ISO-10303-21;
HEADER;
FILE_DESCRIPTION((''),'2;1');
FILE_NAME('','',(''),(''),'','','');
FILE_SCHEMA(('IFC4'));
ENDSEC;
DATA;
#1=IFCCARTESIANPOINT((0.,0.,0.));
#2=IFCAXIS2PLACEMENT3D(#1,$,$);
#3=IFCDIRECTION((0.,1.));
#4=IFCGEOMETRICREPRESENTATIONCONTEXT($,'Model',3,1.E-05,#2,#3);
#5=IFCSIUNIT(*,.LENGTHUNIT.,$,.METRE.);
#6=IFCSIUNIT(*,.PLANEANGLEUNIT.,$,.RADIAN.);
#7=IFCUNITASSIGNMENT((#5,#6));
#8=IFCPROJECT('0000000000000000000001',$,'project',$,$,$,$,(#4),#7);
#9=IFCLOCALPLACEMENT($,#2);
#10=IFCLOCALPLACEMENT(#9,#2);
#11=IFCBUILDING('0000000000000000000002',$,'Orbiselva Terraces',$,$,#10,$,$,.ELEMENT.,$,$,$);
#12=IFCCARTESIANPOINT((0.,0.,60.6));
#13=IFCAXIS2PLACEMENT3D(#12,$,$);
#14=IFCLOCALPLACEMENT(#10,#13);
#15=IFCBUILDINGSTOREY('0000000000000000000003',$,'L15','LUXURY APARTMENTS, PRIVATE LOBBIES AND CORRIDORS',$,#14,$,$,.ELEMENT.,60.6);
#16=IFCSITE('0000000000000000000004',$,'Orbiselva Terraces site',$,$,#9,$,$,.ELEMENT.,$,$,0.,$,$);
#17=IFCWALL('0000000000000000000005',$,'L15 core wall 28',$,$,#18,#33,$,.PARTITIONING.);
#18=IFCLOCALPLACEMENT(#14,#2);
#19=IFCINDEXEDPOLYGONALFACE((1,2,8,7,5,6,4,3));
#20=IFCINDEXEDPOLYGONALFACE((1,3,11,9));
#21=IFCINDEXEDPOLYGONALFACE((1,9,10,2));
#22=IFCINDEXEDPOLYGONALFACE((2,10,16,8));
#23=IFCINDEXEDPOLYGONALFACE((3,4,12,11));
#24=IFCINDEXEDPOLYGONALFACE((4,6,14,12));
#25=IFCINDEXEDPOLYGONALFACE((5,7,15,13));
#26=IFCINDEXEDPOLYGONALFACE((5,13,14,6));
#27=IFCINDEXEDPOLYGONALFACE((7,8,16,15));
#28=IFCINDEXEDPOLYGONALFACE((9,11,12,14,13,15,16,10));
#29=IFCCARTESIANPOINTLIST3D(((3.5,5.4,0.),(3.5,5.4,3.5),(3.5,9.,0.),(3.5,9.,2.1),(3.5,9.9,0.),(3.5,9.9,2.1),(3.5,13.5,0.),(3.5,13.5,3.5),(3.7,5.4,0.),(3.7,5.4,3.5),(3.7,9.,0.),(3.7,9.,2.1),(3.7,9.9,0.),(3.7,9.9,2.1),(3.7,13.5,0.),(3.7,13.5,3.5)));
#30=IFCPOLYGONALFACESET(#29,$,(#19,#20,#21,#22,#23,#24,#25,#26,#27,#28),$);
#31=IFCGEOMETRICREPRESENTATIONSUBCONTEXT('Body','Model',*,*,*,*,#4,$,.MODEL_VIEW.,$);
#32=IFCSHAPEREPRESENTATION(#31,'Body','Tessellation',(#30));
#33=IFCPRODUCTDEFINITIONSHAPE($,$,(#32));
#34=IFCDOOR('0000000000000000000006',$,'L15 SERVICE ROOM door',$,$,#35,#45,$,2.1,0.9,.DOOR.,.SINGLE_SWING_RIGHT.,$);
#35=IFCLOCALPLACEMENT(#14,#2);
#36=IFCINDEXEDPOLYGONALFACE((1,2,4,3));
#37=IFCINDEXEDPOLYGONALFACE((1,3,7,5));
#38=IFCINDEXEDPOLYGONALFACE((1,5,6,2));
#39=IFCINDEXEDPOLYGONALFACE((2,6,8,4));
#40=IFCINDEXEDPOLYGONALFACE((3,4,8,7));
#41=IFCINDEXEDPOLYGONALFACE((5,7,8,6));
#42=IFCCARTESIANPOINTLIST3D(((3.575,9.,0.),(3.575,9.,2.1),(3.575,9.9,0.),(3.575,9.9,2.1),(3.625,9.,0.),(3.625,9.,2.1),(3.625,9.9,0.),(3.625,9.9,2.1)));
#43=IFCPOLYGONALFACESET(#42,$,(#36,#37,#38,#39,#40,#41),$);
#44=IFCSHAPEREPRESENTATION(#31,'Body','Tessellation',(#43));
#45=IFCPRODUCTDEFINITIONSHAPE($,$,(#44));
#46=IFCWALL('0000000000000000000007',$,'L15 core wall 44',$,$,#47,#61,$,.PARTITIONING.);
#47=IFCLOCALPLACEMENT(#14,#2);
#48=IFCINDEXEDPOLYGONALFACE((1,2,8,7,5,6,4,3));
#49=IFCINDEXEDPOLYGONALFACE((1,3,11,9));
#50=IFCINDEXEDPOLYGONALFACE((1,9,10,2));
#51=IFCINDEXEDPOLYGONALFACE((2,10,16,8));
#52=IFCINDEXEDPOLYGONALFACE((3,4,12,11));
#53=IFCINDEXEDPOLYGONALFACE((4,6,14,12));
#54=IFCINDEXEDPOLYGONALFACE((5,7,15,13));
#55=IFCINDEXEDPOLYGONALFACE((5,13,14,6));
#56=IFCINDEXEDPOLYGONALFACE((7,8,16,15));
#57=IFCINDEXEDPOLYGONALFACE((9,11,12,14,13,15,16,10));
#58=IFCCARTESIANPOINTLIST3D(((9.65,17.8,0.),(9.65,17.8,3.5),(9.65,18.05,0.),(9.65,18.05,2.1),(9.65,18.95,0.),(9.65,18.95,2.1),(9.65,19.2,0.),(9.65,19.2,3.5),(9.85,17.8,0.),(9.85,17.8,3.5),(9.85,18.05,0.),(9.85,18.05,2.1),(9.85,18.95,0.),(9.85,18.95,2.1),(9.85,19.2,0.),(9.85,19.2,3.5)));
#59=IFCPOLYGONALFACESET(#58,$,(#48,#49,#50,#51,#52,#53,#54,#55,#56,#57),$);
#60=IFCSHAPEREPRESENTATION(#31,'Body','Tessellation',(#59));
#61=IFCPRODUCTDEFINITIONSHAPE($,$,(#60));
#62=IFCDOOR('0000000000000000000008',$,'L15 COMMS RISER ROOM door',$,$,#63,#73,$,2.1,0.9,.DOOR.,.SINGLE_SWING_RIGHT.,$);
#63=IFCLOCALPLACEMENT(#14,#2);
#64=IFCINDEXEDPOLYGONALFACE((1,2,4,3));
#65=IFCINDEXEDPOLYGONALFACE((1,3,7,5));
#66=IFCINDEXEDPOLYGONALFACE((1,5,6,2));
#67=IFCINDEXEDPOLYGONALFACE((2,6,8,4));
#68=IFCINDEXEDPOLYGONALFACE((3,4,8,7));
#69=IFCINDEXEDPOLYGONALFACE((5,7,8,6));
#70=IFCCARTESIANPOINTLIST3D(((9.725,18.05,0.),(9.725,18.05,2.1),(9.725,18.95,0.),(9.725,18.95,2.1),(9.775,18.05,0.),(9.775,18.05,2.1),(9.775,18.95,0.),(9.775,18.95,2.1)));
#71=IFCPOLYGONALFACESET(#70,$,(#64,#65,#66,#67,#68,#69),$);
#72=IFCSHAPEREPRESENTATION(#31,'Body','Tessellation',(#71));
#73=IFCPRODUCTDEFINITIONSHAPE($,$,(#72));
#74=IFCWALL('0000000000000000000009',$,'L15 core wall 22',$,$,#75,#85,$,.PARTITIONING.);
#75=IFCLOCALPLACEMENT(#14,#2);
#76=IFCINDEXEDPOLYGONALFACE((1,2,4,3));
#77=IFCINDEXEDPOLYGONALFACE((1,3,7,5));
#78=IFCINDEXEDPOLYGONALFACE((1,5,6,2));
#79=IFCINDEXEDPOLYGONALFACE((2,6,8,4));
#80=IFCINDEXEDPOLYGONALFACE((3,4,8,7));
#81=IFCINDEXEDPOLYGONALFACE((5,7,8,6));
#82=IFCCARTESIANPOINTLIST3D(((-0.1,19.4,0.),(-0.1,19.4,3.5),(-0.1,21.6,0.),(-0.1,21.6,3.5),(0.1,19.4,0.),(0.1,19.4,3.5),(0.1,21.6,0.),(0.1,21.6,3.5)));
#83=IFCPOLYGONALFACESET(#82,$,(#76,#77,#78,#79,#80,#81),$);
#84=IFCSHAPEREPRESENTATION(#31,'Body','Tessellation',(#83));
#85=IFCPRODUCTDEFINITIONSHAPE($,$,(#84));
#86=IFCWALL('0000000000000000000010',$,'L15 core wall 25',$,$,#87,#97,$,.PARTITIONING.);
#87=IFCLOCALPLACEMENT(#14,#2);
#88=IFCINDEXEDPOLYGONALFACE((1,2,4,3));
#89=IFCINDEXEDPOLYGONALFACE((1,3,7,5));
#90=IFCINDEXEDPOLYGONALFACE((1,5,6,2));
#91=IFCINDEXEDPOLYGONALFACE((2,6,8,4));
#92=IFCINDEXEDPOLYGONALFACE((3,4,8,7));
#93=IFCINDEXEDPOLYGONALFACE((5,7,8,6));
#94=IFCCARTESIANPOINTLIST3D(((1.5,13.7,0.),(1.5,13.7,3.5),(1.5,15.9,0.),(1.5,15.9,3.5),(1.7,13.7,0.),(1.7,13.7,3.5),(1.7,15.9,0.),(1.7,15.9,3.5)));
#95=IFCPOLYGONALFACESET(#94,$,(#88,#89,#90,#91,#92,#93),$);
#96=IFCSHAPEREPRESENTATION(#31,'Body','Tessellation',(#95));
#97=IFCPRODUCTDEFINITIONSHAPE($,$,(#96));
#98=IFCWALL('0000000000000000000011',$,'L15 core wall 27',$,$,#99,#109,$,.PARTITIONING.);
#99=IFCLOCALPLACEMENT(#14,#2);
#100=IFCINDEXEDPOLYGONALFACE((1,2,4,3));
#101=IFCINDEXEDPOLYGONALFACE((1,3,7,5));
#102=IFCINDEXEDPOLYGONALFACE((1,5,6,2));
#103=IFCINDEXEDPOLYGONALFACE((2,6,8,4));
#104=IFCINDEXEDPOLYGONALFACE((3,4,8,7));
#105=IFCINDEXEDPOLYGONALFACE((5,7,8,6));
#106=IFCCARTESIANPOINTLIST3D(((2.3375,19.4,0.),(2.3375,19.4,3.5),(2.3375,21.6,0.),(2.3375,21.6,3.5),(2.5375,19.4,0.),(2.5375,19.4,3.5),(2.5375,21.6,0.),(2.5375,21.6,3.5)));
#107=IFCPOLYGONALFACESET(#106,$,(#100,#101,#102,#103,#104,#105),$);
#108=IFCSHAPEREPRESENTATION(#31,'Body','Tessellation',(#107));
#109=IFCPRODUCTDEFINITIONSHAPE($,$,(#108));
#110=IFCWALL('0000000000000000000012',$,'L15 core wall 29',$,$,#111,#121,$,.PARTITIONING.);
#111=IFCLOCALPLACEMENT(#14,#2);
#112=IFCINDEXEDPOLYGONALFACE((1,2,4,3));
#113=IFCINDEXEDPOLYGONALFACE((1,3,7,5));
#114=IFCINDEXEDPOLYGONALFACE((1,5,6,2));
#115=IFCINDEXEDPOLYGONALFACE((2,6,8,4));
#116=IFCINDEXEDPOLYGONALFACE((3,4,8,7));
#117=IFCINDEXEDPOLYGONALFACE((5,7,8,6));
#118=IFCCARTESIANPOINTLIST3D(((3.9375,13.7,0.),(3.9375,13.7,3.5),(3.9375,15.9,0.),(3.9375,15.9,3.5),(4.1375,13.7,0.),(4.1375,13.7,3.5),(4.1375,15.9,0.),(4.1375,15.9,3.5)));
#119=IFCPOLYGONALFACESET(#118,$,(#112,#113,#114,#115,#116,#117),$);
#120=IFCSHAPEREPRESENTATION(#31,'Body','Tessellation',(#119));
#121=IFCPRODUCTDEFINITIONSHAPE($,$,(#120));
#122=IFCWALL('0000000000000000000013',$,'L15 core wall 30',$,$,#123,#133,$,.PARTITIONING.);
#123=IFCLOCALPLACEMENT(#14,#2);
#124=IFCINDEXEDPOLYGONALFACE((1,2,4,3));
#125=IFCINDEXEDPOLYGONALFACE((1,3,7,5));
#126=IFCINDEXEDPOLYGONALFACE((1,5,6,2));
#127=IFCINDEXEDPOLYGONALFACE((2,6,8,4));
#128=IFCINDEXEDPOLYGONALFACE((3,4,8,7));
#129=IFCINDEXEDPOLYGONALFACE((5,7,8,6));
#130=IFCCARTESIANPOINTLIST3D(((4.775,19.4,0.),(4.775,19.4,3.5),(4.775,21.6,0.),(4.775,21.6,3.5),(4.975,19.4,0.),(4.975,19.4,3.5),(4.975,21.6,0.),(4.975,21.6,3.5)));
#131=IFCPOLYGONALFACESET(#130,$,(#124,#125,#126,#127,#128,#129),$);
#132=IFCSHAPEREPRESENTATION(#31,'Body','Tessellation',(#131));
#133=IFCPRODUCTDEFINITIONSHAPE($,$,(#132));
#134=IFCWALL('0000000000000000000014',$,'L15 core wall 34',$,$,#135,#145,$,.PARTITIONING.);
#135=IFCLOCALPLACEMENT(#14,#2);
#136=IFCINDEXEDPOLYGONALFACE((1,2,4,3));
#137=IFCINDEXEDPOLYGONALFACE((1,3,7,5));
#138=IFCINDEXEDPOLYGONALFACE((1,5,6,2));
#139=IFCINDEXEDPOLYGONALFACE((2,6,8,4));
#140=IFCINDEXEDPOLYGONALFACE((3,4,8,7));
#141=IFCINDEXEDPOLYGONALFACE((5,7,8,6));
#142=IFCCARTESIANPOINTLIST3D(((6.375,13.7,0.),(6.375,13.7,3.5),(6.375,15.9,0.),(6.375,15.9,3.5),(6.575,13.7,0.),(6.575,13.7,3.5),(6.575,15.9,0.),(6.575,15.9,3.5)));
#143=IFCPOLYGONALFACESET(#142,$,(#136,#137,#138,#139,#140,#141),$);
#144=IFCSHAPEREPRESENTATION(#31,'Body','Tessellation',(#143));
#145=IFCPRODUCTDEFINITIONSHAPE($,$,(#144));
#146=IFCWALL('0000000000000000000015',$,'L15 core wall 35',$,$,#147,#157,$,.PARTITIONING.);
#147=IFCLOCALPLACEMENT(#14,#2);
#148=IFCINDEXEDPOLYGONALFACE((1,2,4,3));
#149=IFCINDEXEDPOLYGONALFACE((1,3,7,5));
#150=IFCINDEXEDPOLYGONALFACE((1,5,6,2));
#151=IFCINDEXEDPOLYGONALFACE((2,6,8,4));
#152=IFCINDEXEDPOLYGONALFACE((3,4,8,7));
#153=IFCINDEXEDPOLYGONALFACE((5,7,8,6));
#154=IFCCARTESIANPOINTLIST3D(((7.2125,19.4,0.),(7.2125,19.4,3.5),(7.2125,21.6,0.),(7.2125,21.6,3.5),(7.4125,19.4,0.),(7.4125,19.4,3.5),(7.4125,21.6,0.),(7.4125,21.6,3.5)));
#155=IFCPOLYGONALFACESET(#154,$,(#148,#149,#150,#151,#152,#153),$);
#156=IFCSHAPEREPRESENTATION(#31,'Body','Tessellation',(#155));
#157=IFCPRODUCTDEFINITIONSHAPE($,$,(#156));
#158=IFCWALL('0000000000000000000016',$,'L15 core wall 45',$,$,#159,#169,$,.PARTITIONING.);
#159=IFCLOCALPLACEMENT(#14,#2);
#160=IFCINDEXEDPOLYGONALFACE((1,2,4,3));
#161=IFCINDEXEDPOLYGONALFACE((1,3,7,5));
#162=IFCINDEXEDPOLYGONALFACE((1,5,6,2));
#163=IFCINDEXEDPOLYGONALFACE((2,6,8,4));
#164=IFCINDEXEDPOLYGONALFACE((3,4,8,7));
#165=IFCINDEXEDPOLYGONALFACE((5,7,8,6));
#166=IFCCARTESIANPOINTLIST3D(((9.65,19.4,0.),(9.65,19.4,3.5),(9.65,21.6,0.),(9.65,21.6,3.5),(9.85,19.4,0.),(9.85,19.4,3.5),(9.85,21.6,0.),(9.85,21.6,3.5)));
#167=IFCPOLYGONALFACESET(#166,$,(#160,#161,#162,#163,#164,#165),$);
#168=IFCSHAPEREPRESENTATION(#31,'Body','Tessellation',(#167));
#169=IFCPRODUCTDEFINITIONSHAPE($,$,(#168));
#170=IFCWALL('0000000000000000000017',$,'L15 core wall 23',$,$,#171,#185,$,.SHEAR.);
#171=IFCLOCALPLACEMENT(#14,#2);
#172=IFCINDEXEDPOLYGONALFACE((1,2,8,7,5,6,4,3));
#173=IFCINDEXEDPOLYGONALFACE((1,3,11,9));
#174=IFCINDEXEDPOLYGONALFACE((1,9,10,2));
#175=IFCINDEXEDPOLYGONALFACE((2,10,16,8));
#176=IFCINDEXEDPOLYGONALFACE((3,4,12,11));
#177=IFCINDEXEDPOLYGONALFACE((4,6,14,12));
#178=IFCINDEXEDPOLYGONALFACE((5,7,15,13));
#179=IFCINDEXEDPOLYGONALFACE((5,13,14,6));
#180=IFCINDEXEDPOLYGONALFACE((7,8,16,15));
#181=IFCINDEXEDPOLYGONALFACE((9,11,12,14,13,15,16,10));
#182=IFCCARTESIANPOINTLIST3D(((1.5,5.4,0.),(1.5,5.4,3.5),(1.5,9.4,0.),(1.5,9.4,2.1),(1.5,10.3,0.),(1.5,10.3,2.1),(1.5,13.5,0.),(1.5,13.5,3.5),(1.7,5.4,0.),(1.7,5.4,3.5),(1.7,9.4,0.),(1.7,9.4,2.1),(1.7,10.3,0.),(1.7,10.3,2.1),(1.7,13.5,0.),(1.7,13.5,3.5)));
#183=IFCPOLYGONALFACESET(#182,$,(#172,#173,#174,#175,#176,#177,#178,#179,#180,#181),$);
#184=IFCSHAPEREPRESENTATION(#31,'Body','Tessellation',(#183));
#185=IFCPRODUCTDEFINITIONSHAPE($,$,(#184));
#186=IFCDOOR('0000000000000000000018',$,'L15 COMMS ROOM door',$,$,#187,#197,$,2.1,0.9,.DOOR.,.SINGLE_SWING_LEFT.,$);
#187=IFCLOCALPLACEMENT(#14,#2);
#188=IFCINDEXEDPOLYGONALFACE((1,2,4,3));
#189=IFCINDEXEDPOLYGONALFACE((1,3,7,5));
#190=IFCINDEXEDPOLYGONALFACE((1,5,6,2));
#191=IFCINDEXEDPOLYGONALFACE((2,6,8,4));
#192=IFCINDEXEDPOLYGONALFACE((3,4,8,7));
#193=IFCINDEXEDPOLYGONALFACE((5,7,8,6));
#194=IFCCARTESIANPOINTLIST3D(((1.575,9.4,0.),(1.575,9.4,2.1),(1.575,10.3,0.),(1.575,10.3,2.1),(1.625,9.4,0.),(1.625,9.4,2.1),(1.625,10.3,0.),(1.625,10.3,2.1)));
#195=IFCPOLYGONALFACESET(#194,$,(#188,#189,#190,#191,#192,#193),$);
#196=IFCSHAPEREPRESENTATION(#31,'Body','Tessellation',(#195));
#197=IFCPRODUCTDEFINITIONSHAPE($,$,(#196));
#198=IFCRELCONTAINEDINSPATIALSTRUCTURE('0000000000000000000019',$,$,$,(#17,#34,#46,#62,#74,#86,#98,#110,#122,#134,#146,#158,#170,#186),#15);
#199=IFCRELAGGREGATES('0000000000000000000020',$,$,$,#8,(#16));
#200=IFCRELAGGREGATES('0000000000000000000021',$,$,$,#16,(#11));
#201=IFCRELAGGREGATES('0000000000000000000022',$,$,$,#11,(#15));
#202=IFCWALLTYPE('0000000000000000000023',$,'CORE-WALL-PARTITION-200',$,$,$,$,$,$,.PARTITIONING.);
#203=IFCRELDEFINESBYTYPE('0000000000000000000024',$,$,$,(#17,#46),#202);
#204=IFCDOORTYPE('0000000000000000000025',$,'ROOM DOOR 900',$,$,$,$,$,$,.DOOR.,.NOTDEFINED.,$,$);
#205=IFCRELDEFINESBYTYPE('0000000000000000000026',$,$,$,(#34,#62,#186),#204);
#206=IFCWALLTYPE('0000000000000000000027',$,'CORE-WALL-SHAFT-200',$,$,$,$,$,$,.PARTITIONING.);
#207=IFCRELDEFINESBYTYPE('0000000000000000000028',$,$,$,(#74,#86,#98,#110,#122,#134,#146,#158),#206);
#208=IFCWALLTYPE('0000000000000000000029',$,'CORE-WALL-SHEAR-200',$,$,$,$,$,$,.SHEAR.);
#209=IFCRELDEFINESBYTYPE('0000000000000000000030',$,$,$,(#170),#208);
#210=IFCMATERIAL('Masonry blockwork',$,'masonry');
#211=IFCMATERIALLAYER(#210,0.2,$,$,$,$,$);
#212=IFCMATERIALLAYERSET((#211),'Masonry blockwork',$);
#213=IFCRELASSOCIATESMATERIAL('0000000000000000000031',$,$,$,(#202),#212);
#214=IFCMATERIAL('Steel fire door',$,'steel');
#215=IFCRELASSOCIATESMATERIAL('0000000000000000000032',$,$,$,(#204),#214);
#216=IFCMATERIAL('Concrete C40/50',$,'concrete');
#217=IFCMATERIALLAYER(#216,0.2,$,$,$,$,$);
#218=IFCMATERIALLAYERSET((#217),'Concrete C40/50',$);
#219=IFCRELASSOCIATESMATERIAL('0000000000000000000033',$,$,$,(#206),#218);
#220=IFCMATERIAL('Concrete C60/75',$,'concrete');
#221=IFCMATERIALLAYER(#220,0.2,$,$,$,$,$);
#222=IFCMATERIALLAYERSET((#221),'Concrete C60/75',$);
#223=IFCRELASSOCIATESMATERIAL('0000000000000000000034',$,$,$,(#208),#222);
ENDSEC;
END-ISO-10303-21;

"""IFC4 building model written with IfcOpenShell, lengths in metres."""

from ifc_helpers import new_model, si_unit, direction, frame, frame_2d, origin, place, context, subcontext, project, spatial, rectangle, extrude, material, layer, layer_set, type_object, element, fill, save


model = new_model("IFC4")

# Units and contexts
model_context = context("Model", 3, precision=1e-05, world=origin(), true_north=direction((0.0, 1.0)))
body_context = subcontext(model_context, "Body", "Model", "MODEL_VIEW")
ifc_project = project(units=[si_unit("LENGTHUNIT", "METRE"), si_unit("PLANEANGLEUNIT", "RADIAN")], contexts=[model_context])

# Site, building, storey
site_placement = place(None, origin())
site = spatial("IfcSite", under=ifc_project, at=site_placement, Name="Orbiselva Terraces site", CompositionType="ELEMENT", RefElevation=0.0)
building_placement = place(site_placement, origin())
building = spatial("IfcBuilding", under=site, at=building_placement, Name="Orbiselva Terraces", CompositionType="ELEMENT")
storey_placement = place(building_placement, frame((0.0, 0.0, 60.6)))
storey = spatial("IfcBuildingStorey", under=building, at=storey_placement, Name="L15", Description="LUXURY APARTMENTS, PRIVATE LOBBIES AND CORRIDORS", CompositionType="ELEMENT", Elevation=60.6)

# Walls, openings, doors
ifc_material_1 = material(Name="Masonry blockwork", Category="masonry")
ifc_layer_1 = layer(ifc_material_1, 0.2)
ifc_layer_set_1 = layer_set([ifc_layer_1], Name="Masonry blockwork")
wall_type_1 = type_object("IfcWallType", Name="CORE-WALL-PARTITION-200", PredefinedType="PARTITIONING", material=ifc_layer_set_1)
wall_1_placement = place(storey_placement, frame((3.6, 13.5, 0.0), z_axis=(0.0, 0.0, 1.0), x_axis=(0.0, -1.0, 0.0)))
wall_1 = element("IfcWall", 1, at=wall_1_placement, inside=storey, type_object=wall_type_1, Name="L15 core wall 28", PredefinedType="PARTITIONING", context=body_context, shape_type="SweptSolid", body=[
    extrude(rectangle(XDim=8.1, YDim=0.2, at=frame_2d((4.05, 0.0))), origin(), (0.0, 0.0, 1.0), 3.5),
])
opening_1_placement = place(wall_1_placement, frame((3.6, 0.0, 0.0)))
opening_1 = element("IfcOpeningElement", 2, at=opening_1_placement, cuts=wall_1, PredefinedType="OPENING", context=body_context, shape_type="SweptSolid", body=[
    extrude(rectangle(XDim=0.9, YDim=2.1, at=frame_2d((0.45, 1.05))), frame((0.0, 0.11, 0.0), z_axis=(0.0, -1.0, 0.0), x_axis=(1.0, 0.0, 0.0)), (0.0, 0.0, 1.0), 0.22),
])
ifc_material_2 = material(Name="Steel fire door", Category="steel")
door_type = type_object("IfcDoorType", Name="ROOM DOOR 900", OperationType="NOTDEFINED", PredefinedType="DOOR", material=ifc_material_2)
door_1_placement = place(opening_1_placement, origin())
door_1 = element("IfcDoor", 3, at=door_1_placement, inside=storey, type_object=door_type, Name="L15 SERVICE ROOM door", OperationType="SINGLE_SWING_RIGHT", OverallHeight=2.1, OverallWidth=0.9, PredefinedType="DOOR", context=body_context, shape_type="SweptSolid", body=[
    extrude(rectangle(XDim=0.9, YDim=2.1, at=frame_2d((0.45, 1.05))), frame((0.0, 0.025, 0.0), z_axis=(0.0, -1.0, 0.0), x_axis=(1.0, 0.0, 0.0)), (0.0, 0.0, 1.0), 0.05),
])
fill(opening_1, door_1)
wall_2_placement = place(storey_placement, frame((9.75, 19.2, 0.0), z_axis=(0.0, 0.0, 1.0), x_axis=(0.0, -1.0, 0.0)))
wall_2 = element("IfcWall", 4, at=wall_2_placement, inside=storey, type_object=wall_type_1, Name="L15 core wall 44", PredefinedType="PARTITIONING", context=body_context, shape_type="SweptSolid", body=[
    extrude(rectangle(XDim=1.4, YDim=0.2, at=frame_2d((0.7, 0.0))), origin(), (0.0, 0.0, 1.0), 3.5),
])
opening_2_placement = place(wall_2_placement, frame((0.25, 0.0, 0.0)))
opening_2 = element("IfcOpeningElement", 5, at=opening_2_placement, cuts=wall_2, PredefinedType="OPENING", context=body_context, shape_type="SweptSolid", body=[
    extrude(rectangle(XDim=0.9, YDim=2.1, at=frame_2d((0.45, 1.05))), frame((0.0, 0.11, 0.0), z_axis=(0.0, -1.0, 0.0), x_axis=(1.0, 0.0, 0.0)), (0.0, 0.0, 1.0), 0.22),
])
door_2_placement = place(opening_2_placement, origin())
door_2 = element("IfcDoor", 6, at=door_2_placement, inside=storey, type_object=door_type, Name="L15 COMMS RISER ROOM door", OperationType="SINGLE_SWING_RIGHT", OverallHeight=2.1, OverallWidth=0.9, PredefinedType="DOOR", context=body_context, shape_type="SweptSolid", body=[
    extrude(rectangle(XDim=0.9, YDim=2.1, at=frame_2d((0.45, 1.05))), frame((0.0, 0.025, 0.0), z_axis=(0.0, -1.0, 0.0), x_axis=(1.0, 0.0, 0.0)), (0.0, 0.0, 1.0), 0.05),
])
fill(opening_2, door_2)

# Walls
ifc_material_3 = material(Name="Concrete C40/50", Category="concrete")
ifc_layer_2 = layer(ifc_material_3, 0.2)
ifc_layer_set_2 = layer_set([ifc_layer_2], Name="Concrete C40/50")
wall_type_2 = type_object("IfcWallType", Name="CORE-WALL-SHAFT-200", PredefinedType="PARTITIONING", material=ifc_layer_set_2)
for number, where, z_axis, x_axis, name in (
    (7, (0.0, 19.4, 0.0), (0.0, 0.0, 1.0), (0.0, 1.0, 0.0), "L15 core wall 22"),
    (8, (1.6, 13.7, 0.0), (0.0, 0.0, 1.0), (0.0, 1.0, 0.0), "L15 core wall 25"),
    (9, (2.4375, 19.4, 0.0), (0.0, 0.0, 1.0), (0.0, 1.0, 0.0), "L15 core wall 27"),
    (10, (4.0375, 13.7, 0.0), (0.0, 0.0, 1.0), (0.0, 1.0, 0.0), "L15 core wall 29"),
    (11, (4.875, 19.4, 0.0), (0.0, 0.0, 1.0), (0.0, 1.0, 0.0), "L15 core wall 30"),
    (12, (6.475, 13.7, 0.0), (0.0, 0.0, 1.0), (0.0, 1.0, 0.0), "L15 core wall 34"),
    (13, (7.3125, 19.4, 0.0), (0.0, 0.0, 1.0), (0.0, 1.0, 0.0), "L15 core wall 35"),
    (14, (9.75, 19.4, 0.0), (0.0, 0.0, 1.0), (0.0, 1.0, 0.0), "L15 core wall 45"),
):
    element("IfcWall", number, at=place(storey_placement, frame(where, z_axis=z_axis, x_axis=x_axis)), inside=storey, type_object=wall_type_2, Name=name, PredefinedType="PARTITIONING", context=body_context, shape_type="SweptSolid", body=[
        extrude(rectangle(XDim=2.2, YDim=0.2, at=frame_2d((1.1, 0.0))), origin(), (0.0, 0.0, 1.0), 3.5),
    ])

# Wall, opening, door
ifc_material_4 = material(Name="Concrete C60/75", Category="concrete")
ifc_layer_3 = layer(ifc_material_4, 0.2)
ifc_layer_set_3 = layer_set([ifc_layer_3], Name="Concrete C60/75")
wall_type_3 = type_object("IfcWallType", Name="CORE-WALL-SHEAR-200", PredefinedType="SHEAR", material=ifc_layer_set_3)
wall_3_placement = place(storey_placement, frame((1.6, 13.5, 0.0), z_axis=(0.0, 0.0, 1.0), x_axis=(0.0, -1.0, 0.0)))
wall_3 = element("IfcWall", 15, at=wall_3_placement, inside=storey, type_object=wall_type_3, Name="L15 core wall 23", PredefinedType="SHEAR", context=body_context, shape_type="SweptSolid", body=[
    extrude(rectangle(XDim=8.1, YDim=0.2, at=frame_2d((4.05, 0.0))), origin(), (0.0, 0.0, 1.0), 3.5),
])
opening_3_placement = place(wall_3_placement, frame((3.2, 0.0, 0.0)))
opening_3 = element("IfcOpeningElement", 16, at=opening_3_placement, cuts=wall_3, PredefinedType="OPENING", context=body_context, shape_type="SweptSolid", body=[
    extrude(rectangle(XDim=0.9, YDim=2.1, at=frame_2d((0.45, 1.05))), frame((0.0, 0.11, 0.0), z_axis=(0.0, -1.0, 0.0), x_axis=(1.0, 0.0, 0.0)), (0.0, 0.0, 1.0), 0.22),
])
door_3_placement = place(opening_3_placement, origin())
door_3 = element("IfcDoor", 17, at=door_3_placement, inside=storey, type_object=door_type, Name="L15 COMMS ROOM door", OperationType="SINGLE_SWING_LEFT", OverallHeight=2.1, OverallWidth=0.9, PredefinedType="DOOR", context=body_context, shape_type="SweptSolid", body=[
    extrude(rectangle(XDim=0.9, YDim=2.1, at=frame_2d((0.45, 1.05))), frame((0.0, 0.025, 0.0), z_axis=(0.0, -1.0, 0.0), x_axis=(1.0, 0.0, 0.0)), (0.0, 0.0, 1.0), 0.05),
])
fill(opening_3, door_3)

save(model, "model.ifc")
